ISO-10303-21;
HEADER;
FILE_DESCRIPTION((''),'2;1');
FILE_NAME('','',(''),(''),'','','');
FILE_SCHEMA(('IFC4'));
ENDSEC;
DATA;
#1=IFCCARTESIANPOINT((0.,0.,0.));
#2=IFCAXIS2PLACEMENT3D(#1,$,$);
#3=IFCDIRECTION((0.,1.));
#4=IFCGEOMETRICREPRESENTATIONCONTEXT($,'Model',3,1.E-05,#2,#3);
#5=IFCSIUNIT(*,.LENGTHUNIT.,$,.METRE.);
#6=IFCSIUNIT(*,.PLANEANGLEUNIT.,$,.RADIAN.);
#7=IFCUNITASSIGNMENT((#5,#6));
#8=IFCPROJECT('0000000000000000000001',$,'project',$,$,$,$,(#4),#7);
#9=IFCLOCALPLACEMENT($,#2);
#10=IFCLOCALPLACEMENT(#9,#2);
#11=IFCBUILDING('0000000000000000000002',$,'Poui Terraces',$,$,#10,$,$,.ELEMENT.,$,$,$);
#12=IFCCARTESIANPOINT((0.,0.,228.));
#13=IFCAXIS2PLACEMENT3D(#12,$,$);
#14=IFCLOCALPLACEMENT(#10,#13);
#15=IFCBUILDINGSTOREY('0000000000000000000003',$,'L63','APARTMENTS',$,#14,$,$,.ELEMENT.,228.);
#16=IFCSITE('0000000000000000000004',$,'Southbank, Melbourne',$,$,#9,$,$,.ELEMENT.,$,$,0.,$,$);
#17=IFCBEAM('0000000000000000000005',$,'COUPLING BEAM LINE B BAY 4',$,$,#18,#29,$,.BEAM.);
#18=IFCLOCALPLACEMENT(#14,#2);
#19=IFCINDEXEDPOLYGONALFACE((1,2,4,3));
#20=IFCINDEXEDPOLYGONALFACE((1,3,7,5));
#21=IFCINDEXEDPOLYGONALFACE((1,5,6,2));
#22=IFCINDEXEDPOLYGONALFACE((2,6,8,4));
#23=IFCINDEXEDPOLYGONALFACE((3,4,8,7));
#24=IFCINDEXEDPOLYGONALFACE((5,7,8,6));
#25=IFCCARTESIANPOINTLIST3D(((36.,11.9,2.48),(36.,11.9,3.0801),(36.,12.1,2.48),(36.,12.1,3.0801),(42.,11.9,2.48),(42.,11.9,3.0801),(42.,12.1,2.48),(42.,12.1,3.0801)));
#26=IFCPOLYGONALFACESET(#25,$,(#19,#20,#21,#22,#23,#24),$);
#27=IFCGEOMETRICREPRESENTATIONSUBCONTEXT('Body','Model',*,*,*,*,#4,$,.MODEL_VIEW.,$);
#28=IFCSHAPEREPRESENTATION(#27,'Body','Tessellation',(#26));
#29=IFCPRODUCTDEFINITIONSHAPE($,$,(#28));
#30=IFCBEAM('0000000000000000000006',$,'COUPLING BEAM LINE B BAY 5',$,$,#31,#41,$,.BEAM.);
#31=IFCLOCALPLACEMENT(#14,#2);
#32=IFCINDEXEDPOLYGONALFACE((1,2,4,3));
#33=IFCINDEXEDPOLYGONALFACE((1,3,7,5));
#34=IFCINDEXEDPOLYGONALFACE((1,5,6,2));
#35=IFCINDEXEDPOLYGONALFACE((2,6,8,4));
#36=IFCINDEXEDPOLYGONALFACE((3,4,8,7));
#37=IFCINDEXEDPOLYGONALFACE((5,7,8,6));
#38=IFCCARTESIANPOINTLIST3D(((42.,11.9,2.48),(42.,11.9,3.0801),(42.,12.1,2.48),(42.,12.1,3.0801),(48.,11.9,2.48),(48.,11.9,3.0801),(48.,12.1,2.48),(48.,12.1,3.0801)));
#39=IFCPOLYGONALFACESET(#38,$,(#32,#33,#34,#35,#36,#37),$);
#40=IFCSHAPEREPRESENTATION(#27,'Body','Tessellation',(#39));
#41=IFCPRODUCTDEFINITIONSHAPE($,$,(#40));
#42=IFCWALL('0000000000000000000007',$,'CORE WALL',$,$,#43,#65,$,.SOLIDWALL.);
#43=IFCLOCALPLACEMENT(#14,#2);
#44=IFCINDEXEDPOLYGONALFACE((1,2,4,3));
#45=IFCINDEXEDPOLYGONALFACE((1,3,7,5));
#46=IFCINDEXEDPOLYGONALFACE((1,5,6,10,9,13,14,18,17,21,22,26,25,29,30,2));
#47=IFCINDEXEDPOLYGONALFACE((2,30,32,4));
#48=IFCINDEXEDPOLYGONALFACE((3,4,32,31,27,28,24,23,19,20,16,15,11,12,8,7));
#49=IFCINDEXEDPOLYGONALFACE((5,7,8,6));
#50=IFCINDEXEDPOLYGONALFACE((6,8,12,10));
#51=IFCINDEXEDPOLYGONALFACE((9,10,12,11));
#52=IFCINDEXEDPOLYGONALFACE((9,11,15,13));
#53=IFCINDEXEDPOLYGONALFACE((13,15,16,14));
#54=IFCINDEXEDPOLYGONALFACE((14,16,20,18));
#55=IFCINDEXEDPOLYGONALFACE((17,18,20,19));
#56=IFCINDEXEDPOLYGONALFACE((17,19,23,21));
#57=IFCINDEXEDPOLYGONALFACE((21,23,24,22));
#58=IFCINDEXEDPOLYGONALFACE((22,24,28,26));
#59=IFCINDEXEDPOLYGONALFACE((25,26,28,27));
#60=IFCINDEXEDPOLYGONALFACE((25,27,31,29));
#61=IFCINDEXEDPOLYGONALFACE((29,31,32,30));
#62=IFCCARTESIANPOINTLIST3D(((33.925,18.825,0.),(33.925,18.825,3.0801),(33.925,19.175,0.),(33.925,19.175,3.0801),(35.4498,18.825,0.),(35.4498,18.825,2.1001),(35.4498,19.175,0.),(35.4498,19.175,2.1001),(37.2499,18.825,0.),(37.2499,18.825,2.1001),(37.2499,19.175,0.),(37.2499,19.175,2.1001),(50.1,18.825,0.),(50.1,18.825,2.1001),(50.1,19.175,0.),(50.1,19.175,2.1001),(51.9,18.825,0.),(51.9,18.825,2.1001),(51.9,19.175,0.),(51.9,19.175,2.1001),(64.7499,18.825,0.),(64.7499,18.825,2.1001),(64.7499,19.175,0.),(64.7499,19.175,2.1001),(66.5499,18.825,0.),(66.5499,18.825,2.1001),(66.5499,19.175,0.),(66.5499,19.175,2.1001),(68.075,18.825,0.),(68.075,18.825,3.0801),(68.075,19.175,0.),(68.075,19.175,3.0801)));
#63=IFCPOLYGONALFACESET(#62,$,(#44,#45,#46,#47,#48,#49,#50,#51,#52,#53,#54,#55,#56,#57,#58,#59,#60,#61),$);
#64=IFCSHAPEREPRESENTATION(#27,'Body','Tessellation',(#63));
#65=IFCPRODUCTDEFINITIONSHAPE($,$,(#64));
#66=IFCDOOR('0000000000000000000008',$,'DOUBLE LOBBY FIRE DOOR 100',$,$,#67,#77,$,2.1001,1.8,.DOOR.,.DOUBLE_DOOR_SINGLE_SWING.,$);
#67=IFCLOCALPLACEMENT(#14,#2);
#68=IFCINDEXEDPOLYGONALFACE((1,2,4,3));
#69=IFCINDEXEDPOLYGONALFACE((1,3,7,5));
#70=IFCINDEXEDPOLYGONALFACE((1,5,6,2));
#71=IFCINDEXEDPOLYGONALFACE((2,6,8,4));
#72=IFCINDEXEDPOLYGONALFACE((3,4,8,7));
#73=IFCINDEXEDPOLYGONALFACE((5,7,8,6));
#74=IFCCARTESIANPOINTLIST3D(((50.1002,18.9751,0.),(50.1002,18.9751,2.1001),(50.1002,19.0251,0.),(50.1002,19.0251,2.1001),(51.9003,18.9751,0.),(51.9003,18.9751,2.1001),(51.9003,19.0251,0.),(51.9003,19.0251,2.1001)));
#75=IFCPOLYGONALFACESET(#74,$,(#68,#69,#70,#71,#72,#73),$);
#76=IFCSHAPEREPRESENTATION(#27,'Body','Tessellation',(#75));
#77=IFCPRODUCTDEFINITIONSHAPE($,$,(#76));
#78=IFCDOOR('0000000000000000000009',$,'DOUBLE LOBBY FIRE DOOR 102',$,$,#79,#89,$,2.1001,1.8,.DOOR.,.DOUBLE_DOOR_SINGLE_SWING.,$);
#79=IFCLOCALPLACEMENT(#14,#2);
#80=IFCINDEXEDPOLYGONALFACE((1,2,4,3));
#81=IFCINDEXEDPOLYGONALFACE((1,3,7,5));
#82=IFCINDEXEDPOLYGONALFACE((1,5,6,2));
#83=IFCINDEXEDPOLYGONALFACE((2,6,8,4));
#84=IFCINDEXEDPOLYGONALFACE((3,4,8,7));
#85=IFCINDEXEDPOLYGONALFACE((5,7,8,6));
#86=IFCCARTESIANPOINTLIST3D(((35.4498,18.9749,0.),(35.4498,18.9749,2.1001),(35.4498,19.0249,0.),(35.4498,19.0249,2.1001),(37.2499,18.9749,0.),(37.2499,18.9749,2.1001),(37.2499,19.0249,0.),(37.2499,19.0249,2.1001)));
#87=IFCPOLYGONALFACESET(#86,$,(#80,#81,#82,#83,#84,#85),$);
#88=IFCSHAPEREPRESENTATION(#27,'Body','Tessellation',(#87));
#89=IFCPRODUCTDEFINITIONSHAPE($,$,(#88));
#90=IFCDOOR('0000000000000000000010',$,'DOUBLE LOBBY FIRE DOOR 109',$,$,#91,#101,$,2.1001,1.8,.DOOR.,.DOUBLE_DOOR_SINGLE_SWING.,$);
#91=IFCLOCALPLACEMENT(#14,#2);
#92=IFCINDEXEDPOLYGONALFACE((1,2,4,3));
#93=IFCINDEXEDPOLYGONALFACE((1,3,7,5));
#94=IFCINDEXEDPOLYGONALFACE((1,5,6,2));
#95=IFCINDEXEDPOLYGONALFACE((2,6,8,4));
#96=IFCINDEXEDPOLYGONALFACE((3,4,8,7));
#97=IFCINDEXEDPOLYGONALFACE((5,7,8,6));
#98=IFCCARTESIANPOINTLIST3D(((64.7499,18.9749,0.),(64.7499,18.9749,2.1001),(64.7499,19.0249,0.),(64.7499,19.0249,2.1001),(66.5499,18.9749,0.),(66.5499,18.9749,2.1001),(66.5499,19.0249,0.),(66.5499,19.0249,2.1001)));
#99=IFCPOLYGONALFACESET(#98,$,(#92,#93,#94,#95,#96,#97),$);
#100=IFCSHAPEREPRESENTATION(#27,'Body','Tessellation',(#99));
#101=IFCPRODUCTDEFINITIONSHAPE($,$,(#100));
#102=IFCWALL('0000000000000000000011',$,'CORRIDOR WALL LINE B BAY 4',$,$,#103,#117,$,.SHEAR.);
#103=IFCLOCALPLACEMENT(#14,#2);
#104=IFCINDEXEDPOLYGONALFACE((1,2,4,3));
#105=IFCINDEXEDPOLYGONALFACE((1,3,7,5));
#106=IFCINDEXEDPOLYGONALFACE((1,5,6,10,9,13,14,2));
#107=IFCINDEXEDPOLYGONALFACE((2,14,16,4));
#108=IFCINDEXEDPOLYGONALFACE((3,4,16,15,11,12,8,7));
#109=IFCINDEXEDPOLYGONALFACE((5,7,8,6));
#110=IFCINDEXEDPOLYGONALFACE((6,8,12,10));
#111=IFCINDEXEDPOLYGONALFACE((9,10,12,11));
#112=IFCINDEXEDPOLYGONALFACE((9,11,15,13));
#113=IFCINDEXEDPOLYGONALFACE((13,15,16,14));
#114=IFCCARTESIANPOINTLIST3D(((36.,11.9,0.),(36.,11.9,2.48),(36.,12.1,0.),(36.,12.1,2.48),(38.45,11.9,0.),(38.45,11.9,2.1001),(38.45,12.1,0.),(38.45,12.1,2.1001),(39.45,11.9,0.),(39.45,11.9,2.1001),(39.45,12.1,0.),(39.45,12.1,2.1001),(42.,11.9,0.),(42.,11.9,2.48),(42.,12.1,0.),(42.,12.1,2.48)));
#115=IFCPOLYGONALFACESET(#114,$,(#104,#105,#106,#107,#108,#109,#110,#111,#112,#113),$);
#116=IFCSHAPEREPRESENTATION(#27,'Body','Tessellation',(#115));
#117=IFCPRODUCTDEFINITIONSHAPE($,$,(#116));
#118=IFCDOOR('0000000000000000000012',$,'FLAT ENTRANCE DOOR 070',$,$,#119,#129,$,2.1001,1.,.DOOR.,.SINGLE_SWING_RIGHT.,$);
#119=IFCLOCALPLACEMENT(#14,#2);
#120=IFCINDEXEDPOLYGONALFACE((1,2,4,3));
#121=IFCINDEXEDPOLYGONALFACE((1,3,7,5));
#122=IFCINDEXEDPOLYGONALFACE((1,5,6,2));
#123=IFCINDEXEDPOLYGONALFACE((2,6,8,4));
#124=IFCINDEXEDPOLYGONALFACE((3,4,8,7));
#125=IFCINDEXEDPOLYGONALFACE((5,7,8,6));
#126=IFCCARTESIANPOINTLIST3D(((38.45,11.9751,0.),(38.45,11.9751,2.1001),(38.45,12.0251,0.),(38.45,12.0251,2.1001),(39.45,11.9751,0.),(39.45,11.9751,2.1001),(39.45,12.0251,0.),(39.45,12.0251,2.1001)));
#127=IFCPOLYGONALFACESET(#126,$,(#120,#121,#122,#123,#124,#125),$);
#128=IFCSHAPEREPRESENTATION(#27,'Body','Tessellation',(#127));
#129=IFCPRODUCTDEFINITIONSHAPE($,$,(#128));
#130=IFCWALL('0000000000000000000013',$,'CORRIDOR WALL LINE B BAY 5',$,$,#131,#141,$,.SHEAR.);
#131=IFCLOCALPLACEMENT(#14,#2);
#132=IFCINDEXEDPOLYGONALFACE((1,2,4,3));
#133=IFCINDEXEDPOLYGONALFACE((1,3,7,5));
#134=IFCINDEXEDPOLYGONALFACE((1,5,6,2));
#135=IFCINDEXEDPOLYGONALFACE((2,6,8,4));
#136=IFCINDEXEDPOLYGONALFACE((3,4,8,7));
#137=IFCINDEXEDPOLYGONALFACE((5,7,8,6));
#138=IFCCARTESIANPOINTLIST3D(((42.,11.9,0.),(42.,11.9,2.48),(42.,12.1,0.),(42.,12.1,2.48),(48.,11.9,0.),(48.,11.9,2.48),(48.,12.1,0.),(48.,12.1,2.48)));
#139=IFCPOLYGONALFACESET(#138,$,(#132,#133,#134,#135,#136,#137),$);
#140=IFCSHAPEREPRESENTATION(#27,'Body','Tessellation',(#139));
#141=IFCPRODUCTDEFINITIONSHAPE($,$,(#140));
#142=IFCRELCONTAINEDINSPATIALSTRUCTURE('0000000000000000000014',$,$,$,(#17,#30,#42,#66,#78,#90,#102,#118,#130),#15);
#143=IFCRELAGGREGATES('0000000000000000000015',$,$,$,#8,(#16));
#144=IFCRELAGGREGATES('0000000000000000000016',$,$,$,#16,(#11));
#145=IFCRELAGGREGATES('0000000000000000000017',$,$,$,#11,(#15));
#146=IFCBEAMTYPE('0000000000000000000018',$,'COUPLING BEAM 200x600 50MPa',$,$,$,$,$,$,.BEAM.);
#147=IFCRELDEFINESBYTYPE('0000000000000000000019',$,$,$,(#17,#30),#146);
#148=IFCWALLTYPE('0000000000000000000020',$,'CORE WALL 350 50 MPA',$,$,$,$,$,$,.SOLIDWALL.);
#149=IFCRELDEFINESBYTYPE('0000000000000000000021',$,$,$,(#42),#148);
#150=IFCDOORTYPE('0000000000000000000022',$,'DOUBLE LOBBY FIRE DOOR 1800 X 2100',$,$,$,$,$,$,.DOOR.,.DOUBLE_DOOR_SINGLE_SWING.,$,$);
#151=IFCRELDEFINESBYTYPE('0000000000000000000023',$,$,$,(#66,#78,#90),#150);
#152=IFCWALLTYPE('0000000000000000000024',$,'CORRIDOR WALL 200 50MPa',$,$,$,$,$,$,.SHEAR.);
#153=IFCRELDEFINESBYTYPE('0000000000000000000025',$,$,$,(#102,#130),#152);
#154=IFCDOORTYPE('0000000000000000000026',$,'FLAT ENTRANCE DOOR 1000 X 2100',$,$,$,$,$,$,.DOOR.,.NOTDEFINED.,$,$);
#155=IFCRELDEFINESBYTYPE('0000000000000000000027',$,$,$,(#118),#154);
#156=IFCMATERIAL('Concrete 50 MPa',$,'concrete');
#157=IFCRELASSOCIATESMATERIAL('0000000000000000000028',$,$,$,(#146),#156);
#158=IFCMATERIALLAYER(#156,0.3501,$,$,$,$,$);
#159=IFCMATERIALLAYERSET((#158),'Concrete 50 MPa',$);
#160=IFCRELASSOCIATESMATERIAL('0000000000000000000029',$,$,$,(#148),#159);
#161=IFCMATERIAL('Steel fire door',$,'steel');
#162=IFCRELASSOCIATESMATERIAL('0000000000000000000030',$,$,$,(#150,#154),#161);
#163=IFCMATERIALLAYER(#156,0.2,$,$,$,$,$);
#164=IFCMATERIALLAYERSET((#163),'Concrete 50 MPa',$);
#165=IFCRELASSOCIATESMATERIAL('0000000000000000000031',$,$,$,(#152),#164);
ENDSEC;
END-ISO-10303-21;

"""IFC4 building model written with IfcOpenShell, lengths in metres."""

from ifc_helpers import new_model, si_unit, direction, frame, frame_2d, origin, origin_2d, place, context, subcontext, project, spatial, rectangle, extrude, source, transform, mapped, material, layer, layer_set, material_profile, profile_set, type_object, element, fill, save


model = new_model("IFC4")

# Units and contexts
model_context = context("Model", 3, precision=1e-05, world=origin(), true_north=direction((0.0, 1.0)))
body_context = subcontext(model_context, "Body", "Model", "MODEL_VIEW")
ifc_project = project(units=[si_unit("LENGTHUNIT", "METRE"), si_unit("PLANEANGLEUNIT", "RADIAN")], contexts=[model_context])

# Site, building, storey
site_placement = place(None, origin())
site = spatial("IfcSite", under=ifc_project, at=site_placement, Name="Southbank, Melbourne", CompositionType="ELEMENT", RefElevation=0.0)
building_placement = place(site_placement, origin())
building = spatial("IfcBuilding", under=site, at=building_placement, Name="Poui Terraces", CompositionType="ELEMENT")
storey_placement = place(building_placement, frame((0.0, 0.0, 228.0)))
storey = spatial("IfcBuildingStorey", under=building, at=storey_placement, Name="L63", Description="APARTMENTS", CompositionType="ELEMENT", Elevation=228.0)

# Beams
ifc_material_1 = material(Name="Concrete 50 MPa", Category="concrete")
ifc_material_profile = material_profile(ifc_material_1, rectangle(XDim=0.2, YDim=0.6001, at=origin_2d()), Name="RC 200x600")
ifc_profile_set = profile_set([ifc_material_profile], Name="Concrete 50 MPa")
beam_type = type_object("IfcBeamType", Name="COUPLING BEAM 200x600 50MPa", PredefinedType="BEAM", material=ifc_profile_set)
shared_shape = source(origin(), body_context, "Body", "SweptSolid", [
    extrude(rectangle(XDim=0.2, YDim=0.6001, at=origin_2d()), origin(), (0.0, 0.0, 1.0), 6.0),
])
for number, where, z_axis, x_axis, name in (
    (1, (36.0, 12.0, 2.78), (1.0, 0.0, 0.0), (0.0, 1.0, 0.0), "COUPLING BEAM LINE B BAY 4"),
    (2, (42.0, 12.0, 2.78), (1.0, 0.0, 0.0), (0.0, 1.0, 0.0), "COUPLING BEAM LINE B BAY 5"),
):
    element("IfcBeam", number, at=place(storey_placement, frame(where, z_axis=z_axis, x_axis=x_axis)), inside=storey, type_object=beam_type, Name=name, PredefinedType="BEAM", context=body_context, shape_type="MappedRepresentation", body=[
        mapped(shared_shape, transform((0.0, 0.0, 0.0))),
    ])

# Wall, openings, doors
ifc_layer_1 = layer(ifc_material_1, 0.3501)
ifc_layer_set_1 = layer_set([ifc_layer_1], Name="Concrete 50 MPa")
wall_type_1 = type_object("IfcWallType", Name="CORE WALL 350 50 MPA", PredefinedType="SOLIDWALL", material=ifc_layer_set_1)
wall_1_placement = place(storey_placement, frame((33.925, 19.0, 0.0), z_axis=(0.0, 0.0, 1.0), x_axis=(1.0, 0.0, 0.0)))
wall_1 = element("IfcWall", 3, at=wall_1_placement, inside=storey, type_object=wall_type_1, Name="CORE WALL", PredefinedType="SOLIDWALL", context=body_context, shape_type="SweptSolid", body=[
    extrude(rectangle(XDim=34.1499, YDim=0.3501, at=frame_2d((17.075, 0.0))), origin(), (0.0, 0.0, 1.0), 3.0801),
])
opening_1_placement = place(wall_1_placement, frame((16.175, 0.0, 0.0)))
opening_1 = element("IfcOpeningElement", 4, at=opening_1_placement, cuts=wall_1, PredefinedType="OPENING", context=body_context, shape_type="SweptSolid", body=[
    extrude(rectangle(XDim=1.8, YDim=2.1001, at=frame_2d((0.8999, 1.05))), frame((0.0, 0.1851, 0.0), z_axis=(0.0, -1.0, 0.0), x_axis=(1.0, 0.0, 0.0)), (0.0, 0.0, 1.0), 0.3701),
])
opening_2_placement = place(wall_1_placement, frame((1.5249, 0.0, 0.0)))
opening_2 = element("IfcOpeningElement", 5, at=opening_2_placement, cuts=wall_1, PredefinedType="OPENING", context=body_context, shape_type="SweptSolid", body=[
    extrude(rectangle(XDim=1.8, YDim=2.1001, at=frame_2d((0.8999, 1.05))), frame((0.0, 0.1851, 0.0), z_axis=(0.0, -1.0, 0.0), x_axis=(1.0, 0.0, 0.0)), (0.0, 0.0, 1.0), 0.3701),
])
opening_3_placement = place(wall_1_placement, frame((30.825, 0.0, 0.0)))
opening_3 = element("IfcOpeningElement", 6, at=opening_3_placement, cuts=wall_1, PredefinedType="OPENING", context=body_context, shape_type="SweptSolid", body=[
    extrude(rectangle(XDim=1.8, YDim=2.1001, at=frame_2d((0.8999, 1.05))), frame((0.0, 0.1851, 0.0), z_axis=(0.0, -1.0, 0.0), x_axis=(1.0, 0.0, 0.0)), (0.0, 0.0, 1.0), 0.3701),
])
ifc_material_2 = material(Name="Steel fire door", Category="steel")
door_type_1 = type_object("IfcDoorType", Name="DOUBLE LOBBY FIRE DOOR 1800 X 2100", OperationType="DOUBLE_DOOR_SINGLE_SWING", PredefinedType="DOOR", material=ifc_material_2)
door_1_placement = place(opening_1_placement, frame((1.8, 0.0, 0.0), z_axis=(0.0, 0.0, 1.0), x_axis=(-1.0, 0.0, 0.0)))
door_1 = element("IfcDoor", 7, at=door_1_placement, inside=storey, type_object=door_type_1, Name="DOUBLE LOBBY FIRE DOOR 100", OperationType="DOUBLE_DOOR_SINGLE_SWING", OverallHeight=2.1001, OverallWidth=1.8, PredefinedType="DOOR", context=body_context, shape_type="SweptSolid", body=[
    extrude(rectangle(XDim=1.8, YDim=2.1001, at=frame_2d((0.8999, 1.05))), frame((0.0, 0.0249, 0.0), z_axis=(0.0, -1.0, 0.0), x_axis=(1.0, 0.0, 0.0)), (0.0, 0.0, 1.0), 0.05),
])
fill(opening_1, door_1)
door_2_placement = place(opening_2_placement, origin())
door_2 = element("IfcDoor", 8, at=door_2_placement, inside=storey, type_object=door_type_1, Name="DOUBLE LOBBY FIRE DOOR 102", OperationType="DOUBLE_DOOR_SINGLE_SWING", OverallHeight=2.1001, OverallWidth=1.8, PredefinedType="DOOR", context=body_context, shape_type="SweptSolid", body=[
    extrude(rectangle(XDim=1.8, YDim=2.1001, at=frame_2d((0.8999, 1.05))), frame((0.0, 0.0249, 0.0), z_axis=(0.0, -1.0, 0.0), x_axis=(1.0, 0.0, 0.0)), (0.0, 0.0, 1.0), 0.05),
])
fill(opening_2, door_2)
door_3_placement = place(opening_3_placement, origin())
door_3 = element("IfcDoor", 9, at=door_3_placement, inside=storey, type_object=door_type_1, Name="DOUBLE LOBBY FIRE DOOR 109", OperationType="DOUBLE_DOOR_SINGLE_SWING", OverallHeight=2.1001, OverallWidth=1.8, PredefinedType="DOOR", context=body_context, shape_type="SweptSolid", body=[
    extrude(rectangle(XDim=1.8, YDim=2.1001, at=frame_2d((0.8999, 1.05))), frame((0.0, 0.0249, 0.0), z_axis=(0.0, -1.0, 0.0), x_axis=(1.0, 0.0, 0.0)), (0.0, 0.0, 1.0), 0.05),
])
fill(opening_3, door_3)

# Wall, opening, door
ifc_layer_2 = layer(ifc_material_1, 0.2)
ifc_layer_set_2 = layer_set([ifc_layer_2], Name="Concrete 50 MPa")
wall_type_2 = type_object("IfcWallType", Name="CORRIDOR WALL 200 50MPa", PredefinedType="SHEAR", material=ifc_layer_set_2)
wall_2_placement = place(storey_placement, frame((36.0, 12.0, 0.0), z_axis=(0.0, 0.0, 1.0), x_axis=(1.0, 0.0, 0.0)))
wall_2 = element("IfcWall", 10, at=wall_2_placement, inside=storey, type_object=wall_type_2, Name="CORRIDOR WALL LINE B BAY 4", PredefinedType="SHEAR", context=body_context, shape_type="SweptSolid", body=[
    extrude(rectangle(XDim=6.0, YDim=0.2, at=frame_2d((3.0, 0.0))), origin(), (0.0, 0.0, 1.0), 2.48),
])
opening_4_placement = place(wall_2_placement, frame((2.45, 0.0, 0.0)))
opening_4 = element("IfcOpeningElement", 11, at=opening_4_placement, cuts=wall_2, PredefinedType="OPENING", context=body_context, shape_type="SweptSolid", body=[
    extrude(rectangle(XDim=1.0, YDim=2.1001, at=frame_2d((0.5, 1.05))), frame((0.0, 0.1099, 0.0), z_axis=(0.0, -1.0, 0.0), x_axis=(1.0, 0.0, 0.0)), (0.0, 0.0, 1.0), 0.22),
])
door_type_2 = type_object("IfcDoorType", Name="FLAT ENTRANCE DOOR 1000 X 2100", OperationType="NOTDEFINED", PredefinedType="DOOR", material=ifc_material_2)
door_4_placement = place(opening_4_placement, frame((1.0, 0.0, 0.0), z_axis=(0.0, 0.0, 1.0), x_axis=(-1.0, 0.0, 0.0)))
door_4 = element("IfcDoor", 12, at=door_4_placement, inside=storey, type_object=door_type_2, Name="FLAT ENTRANCE DOOR 070", OperationType="SINGLE_SWING_RIGHT", OverallHeight=2.1001, OverallWidth=1.0, PredefinedType="DOOR", context=body_context, shape_type="SweptSolid", body=[
    extrude(rectangle(XDim=1.0, YDim=2.1001, at=frame_2d((0.5, 1.05))), frame((0.0, 0.0249, 0.0), z_axis=(0.0, -1.0, 0.0), x_axis=(1.0, 0.0, 0.0)), (0.0, 0.0, 1.0), 0.05),
])
fill(opening_4, door_4)

# Wall
wall_3_placement = place(storey_placement, frame((42.0, 12.0, 0.0), z_axis=(0.0, 0.0, 1.0), x_axis=(1.0, 0.0, 0.0)))
element("IfcWall", 13, at=wall_3_placement, inside=storey, type_object=wall_type_2, Name="CORRIDOR WALL LINE B BAY 5", PredefinedType="SHEAR", context=body_context, shape_type="SweptSolid", body=[
    extrude(rectangle(XDim=6.0, YDim=0.2, at=frame_2d((3.0, 0.0))), origin(), (0.0, 0.0, 1.0), 2.48),
])

save(model, "model.ifc")
